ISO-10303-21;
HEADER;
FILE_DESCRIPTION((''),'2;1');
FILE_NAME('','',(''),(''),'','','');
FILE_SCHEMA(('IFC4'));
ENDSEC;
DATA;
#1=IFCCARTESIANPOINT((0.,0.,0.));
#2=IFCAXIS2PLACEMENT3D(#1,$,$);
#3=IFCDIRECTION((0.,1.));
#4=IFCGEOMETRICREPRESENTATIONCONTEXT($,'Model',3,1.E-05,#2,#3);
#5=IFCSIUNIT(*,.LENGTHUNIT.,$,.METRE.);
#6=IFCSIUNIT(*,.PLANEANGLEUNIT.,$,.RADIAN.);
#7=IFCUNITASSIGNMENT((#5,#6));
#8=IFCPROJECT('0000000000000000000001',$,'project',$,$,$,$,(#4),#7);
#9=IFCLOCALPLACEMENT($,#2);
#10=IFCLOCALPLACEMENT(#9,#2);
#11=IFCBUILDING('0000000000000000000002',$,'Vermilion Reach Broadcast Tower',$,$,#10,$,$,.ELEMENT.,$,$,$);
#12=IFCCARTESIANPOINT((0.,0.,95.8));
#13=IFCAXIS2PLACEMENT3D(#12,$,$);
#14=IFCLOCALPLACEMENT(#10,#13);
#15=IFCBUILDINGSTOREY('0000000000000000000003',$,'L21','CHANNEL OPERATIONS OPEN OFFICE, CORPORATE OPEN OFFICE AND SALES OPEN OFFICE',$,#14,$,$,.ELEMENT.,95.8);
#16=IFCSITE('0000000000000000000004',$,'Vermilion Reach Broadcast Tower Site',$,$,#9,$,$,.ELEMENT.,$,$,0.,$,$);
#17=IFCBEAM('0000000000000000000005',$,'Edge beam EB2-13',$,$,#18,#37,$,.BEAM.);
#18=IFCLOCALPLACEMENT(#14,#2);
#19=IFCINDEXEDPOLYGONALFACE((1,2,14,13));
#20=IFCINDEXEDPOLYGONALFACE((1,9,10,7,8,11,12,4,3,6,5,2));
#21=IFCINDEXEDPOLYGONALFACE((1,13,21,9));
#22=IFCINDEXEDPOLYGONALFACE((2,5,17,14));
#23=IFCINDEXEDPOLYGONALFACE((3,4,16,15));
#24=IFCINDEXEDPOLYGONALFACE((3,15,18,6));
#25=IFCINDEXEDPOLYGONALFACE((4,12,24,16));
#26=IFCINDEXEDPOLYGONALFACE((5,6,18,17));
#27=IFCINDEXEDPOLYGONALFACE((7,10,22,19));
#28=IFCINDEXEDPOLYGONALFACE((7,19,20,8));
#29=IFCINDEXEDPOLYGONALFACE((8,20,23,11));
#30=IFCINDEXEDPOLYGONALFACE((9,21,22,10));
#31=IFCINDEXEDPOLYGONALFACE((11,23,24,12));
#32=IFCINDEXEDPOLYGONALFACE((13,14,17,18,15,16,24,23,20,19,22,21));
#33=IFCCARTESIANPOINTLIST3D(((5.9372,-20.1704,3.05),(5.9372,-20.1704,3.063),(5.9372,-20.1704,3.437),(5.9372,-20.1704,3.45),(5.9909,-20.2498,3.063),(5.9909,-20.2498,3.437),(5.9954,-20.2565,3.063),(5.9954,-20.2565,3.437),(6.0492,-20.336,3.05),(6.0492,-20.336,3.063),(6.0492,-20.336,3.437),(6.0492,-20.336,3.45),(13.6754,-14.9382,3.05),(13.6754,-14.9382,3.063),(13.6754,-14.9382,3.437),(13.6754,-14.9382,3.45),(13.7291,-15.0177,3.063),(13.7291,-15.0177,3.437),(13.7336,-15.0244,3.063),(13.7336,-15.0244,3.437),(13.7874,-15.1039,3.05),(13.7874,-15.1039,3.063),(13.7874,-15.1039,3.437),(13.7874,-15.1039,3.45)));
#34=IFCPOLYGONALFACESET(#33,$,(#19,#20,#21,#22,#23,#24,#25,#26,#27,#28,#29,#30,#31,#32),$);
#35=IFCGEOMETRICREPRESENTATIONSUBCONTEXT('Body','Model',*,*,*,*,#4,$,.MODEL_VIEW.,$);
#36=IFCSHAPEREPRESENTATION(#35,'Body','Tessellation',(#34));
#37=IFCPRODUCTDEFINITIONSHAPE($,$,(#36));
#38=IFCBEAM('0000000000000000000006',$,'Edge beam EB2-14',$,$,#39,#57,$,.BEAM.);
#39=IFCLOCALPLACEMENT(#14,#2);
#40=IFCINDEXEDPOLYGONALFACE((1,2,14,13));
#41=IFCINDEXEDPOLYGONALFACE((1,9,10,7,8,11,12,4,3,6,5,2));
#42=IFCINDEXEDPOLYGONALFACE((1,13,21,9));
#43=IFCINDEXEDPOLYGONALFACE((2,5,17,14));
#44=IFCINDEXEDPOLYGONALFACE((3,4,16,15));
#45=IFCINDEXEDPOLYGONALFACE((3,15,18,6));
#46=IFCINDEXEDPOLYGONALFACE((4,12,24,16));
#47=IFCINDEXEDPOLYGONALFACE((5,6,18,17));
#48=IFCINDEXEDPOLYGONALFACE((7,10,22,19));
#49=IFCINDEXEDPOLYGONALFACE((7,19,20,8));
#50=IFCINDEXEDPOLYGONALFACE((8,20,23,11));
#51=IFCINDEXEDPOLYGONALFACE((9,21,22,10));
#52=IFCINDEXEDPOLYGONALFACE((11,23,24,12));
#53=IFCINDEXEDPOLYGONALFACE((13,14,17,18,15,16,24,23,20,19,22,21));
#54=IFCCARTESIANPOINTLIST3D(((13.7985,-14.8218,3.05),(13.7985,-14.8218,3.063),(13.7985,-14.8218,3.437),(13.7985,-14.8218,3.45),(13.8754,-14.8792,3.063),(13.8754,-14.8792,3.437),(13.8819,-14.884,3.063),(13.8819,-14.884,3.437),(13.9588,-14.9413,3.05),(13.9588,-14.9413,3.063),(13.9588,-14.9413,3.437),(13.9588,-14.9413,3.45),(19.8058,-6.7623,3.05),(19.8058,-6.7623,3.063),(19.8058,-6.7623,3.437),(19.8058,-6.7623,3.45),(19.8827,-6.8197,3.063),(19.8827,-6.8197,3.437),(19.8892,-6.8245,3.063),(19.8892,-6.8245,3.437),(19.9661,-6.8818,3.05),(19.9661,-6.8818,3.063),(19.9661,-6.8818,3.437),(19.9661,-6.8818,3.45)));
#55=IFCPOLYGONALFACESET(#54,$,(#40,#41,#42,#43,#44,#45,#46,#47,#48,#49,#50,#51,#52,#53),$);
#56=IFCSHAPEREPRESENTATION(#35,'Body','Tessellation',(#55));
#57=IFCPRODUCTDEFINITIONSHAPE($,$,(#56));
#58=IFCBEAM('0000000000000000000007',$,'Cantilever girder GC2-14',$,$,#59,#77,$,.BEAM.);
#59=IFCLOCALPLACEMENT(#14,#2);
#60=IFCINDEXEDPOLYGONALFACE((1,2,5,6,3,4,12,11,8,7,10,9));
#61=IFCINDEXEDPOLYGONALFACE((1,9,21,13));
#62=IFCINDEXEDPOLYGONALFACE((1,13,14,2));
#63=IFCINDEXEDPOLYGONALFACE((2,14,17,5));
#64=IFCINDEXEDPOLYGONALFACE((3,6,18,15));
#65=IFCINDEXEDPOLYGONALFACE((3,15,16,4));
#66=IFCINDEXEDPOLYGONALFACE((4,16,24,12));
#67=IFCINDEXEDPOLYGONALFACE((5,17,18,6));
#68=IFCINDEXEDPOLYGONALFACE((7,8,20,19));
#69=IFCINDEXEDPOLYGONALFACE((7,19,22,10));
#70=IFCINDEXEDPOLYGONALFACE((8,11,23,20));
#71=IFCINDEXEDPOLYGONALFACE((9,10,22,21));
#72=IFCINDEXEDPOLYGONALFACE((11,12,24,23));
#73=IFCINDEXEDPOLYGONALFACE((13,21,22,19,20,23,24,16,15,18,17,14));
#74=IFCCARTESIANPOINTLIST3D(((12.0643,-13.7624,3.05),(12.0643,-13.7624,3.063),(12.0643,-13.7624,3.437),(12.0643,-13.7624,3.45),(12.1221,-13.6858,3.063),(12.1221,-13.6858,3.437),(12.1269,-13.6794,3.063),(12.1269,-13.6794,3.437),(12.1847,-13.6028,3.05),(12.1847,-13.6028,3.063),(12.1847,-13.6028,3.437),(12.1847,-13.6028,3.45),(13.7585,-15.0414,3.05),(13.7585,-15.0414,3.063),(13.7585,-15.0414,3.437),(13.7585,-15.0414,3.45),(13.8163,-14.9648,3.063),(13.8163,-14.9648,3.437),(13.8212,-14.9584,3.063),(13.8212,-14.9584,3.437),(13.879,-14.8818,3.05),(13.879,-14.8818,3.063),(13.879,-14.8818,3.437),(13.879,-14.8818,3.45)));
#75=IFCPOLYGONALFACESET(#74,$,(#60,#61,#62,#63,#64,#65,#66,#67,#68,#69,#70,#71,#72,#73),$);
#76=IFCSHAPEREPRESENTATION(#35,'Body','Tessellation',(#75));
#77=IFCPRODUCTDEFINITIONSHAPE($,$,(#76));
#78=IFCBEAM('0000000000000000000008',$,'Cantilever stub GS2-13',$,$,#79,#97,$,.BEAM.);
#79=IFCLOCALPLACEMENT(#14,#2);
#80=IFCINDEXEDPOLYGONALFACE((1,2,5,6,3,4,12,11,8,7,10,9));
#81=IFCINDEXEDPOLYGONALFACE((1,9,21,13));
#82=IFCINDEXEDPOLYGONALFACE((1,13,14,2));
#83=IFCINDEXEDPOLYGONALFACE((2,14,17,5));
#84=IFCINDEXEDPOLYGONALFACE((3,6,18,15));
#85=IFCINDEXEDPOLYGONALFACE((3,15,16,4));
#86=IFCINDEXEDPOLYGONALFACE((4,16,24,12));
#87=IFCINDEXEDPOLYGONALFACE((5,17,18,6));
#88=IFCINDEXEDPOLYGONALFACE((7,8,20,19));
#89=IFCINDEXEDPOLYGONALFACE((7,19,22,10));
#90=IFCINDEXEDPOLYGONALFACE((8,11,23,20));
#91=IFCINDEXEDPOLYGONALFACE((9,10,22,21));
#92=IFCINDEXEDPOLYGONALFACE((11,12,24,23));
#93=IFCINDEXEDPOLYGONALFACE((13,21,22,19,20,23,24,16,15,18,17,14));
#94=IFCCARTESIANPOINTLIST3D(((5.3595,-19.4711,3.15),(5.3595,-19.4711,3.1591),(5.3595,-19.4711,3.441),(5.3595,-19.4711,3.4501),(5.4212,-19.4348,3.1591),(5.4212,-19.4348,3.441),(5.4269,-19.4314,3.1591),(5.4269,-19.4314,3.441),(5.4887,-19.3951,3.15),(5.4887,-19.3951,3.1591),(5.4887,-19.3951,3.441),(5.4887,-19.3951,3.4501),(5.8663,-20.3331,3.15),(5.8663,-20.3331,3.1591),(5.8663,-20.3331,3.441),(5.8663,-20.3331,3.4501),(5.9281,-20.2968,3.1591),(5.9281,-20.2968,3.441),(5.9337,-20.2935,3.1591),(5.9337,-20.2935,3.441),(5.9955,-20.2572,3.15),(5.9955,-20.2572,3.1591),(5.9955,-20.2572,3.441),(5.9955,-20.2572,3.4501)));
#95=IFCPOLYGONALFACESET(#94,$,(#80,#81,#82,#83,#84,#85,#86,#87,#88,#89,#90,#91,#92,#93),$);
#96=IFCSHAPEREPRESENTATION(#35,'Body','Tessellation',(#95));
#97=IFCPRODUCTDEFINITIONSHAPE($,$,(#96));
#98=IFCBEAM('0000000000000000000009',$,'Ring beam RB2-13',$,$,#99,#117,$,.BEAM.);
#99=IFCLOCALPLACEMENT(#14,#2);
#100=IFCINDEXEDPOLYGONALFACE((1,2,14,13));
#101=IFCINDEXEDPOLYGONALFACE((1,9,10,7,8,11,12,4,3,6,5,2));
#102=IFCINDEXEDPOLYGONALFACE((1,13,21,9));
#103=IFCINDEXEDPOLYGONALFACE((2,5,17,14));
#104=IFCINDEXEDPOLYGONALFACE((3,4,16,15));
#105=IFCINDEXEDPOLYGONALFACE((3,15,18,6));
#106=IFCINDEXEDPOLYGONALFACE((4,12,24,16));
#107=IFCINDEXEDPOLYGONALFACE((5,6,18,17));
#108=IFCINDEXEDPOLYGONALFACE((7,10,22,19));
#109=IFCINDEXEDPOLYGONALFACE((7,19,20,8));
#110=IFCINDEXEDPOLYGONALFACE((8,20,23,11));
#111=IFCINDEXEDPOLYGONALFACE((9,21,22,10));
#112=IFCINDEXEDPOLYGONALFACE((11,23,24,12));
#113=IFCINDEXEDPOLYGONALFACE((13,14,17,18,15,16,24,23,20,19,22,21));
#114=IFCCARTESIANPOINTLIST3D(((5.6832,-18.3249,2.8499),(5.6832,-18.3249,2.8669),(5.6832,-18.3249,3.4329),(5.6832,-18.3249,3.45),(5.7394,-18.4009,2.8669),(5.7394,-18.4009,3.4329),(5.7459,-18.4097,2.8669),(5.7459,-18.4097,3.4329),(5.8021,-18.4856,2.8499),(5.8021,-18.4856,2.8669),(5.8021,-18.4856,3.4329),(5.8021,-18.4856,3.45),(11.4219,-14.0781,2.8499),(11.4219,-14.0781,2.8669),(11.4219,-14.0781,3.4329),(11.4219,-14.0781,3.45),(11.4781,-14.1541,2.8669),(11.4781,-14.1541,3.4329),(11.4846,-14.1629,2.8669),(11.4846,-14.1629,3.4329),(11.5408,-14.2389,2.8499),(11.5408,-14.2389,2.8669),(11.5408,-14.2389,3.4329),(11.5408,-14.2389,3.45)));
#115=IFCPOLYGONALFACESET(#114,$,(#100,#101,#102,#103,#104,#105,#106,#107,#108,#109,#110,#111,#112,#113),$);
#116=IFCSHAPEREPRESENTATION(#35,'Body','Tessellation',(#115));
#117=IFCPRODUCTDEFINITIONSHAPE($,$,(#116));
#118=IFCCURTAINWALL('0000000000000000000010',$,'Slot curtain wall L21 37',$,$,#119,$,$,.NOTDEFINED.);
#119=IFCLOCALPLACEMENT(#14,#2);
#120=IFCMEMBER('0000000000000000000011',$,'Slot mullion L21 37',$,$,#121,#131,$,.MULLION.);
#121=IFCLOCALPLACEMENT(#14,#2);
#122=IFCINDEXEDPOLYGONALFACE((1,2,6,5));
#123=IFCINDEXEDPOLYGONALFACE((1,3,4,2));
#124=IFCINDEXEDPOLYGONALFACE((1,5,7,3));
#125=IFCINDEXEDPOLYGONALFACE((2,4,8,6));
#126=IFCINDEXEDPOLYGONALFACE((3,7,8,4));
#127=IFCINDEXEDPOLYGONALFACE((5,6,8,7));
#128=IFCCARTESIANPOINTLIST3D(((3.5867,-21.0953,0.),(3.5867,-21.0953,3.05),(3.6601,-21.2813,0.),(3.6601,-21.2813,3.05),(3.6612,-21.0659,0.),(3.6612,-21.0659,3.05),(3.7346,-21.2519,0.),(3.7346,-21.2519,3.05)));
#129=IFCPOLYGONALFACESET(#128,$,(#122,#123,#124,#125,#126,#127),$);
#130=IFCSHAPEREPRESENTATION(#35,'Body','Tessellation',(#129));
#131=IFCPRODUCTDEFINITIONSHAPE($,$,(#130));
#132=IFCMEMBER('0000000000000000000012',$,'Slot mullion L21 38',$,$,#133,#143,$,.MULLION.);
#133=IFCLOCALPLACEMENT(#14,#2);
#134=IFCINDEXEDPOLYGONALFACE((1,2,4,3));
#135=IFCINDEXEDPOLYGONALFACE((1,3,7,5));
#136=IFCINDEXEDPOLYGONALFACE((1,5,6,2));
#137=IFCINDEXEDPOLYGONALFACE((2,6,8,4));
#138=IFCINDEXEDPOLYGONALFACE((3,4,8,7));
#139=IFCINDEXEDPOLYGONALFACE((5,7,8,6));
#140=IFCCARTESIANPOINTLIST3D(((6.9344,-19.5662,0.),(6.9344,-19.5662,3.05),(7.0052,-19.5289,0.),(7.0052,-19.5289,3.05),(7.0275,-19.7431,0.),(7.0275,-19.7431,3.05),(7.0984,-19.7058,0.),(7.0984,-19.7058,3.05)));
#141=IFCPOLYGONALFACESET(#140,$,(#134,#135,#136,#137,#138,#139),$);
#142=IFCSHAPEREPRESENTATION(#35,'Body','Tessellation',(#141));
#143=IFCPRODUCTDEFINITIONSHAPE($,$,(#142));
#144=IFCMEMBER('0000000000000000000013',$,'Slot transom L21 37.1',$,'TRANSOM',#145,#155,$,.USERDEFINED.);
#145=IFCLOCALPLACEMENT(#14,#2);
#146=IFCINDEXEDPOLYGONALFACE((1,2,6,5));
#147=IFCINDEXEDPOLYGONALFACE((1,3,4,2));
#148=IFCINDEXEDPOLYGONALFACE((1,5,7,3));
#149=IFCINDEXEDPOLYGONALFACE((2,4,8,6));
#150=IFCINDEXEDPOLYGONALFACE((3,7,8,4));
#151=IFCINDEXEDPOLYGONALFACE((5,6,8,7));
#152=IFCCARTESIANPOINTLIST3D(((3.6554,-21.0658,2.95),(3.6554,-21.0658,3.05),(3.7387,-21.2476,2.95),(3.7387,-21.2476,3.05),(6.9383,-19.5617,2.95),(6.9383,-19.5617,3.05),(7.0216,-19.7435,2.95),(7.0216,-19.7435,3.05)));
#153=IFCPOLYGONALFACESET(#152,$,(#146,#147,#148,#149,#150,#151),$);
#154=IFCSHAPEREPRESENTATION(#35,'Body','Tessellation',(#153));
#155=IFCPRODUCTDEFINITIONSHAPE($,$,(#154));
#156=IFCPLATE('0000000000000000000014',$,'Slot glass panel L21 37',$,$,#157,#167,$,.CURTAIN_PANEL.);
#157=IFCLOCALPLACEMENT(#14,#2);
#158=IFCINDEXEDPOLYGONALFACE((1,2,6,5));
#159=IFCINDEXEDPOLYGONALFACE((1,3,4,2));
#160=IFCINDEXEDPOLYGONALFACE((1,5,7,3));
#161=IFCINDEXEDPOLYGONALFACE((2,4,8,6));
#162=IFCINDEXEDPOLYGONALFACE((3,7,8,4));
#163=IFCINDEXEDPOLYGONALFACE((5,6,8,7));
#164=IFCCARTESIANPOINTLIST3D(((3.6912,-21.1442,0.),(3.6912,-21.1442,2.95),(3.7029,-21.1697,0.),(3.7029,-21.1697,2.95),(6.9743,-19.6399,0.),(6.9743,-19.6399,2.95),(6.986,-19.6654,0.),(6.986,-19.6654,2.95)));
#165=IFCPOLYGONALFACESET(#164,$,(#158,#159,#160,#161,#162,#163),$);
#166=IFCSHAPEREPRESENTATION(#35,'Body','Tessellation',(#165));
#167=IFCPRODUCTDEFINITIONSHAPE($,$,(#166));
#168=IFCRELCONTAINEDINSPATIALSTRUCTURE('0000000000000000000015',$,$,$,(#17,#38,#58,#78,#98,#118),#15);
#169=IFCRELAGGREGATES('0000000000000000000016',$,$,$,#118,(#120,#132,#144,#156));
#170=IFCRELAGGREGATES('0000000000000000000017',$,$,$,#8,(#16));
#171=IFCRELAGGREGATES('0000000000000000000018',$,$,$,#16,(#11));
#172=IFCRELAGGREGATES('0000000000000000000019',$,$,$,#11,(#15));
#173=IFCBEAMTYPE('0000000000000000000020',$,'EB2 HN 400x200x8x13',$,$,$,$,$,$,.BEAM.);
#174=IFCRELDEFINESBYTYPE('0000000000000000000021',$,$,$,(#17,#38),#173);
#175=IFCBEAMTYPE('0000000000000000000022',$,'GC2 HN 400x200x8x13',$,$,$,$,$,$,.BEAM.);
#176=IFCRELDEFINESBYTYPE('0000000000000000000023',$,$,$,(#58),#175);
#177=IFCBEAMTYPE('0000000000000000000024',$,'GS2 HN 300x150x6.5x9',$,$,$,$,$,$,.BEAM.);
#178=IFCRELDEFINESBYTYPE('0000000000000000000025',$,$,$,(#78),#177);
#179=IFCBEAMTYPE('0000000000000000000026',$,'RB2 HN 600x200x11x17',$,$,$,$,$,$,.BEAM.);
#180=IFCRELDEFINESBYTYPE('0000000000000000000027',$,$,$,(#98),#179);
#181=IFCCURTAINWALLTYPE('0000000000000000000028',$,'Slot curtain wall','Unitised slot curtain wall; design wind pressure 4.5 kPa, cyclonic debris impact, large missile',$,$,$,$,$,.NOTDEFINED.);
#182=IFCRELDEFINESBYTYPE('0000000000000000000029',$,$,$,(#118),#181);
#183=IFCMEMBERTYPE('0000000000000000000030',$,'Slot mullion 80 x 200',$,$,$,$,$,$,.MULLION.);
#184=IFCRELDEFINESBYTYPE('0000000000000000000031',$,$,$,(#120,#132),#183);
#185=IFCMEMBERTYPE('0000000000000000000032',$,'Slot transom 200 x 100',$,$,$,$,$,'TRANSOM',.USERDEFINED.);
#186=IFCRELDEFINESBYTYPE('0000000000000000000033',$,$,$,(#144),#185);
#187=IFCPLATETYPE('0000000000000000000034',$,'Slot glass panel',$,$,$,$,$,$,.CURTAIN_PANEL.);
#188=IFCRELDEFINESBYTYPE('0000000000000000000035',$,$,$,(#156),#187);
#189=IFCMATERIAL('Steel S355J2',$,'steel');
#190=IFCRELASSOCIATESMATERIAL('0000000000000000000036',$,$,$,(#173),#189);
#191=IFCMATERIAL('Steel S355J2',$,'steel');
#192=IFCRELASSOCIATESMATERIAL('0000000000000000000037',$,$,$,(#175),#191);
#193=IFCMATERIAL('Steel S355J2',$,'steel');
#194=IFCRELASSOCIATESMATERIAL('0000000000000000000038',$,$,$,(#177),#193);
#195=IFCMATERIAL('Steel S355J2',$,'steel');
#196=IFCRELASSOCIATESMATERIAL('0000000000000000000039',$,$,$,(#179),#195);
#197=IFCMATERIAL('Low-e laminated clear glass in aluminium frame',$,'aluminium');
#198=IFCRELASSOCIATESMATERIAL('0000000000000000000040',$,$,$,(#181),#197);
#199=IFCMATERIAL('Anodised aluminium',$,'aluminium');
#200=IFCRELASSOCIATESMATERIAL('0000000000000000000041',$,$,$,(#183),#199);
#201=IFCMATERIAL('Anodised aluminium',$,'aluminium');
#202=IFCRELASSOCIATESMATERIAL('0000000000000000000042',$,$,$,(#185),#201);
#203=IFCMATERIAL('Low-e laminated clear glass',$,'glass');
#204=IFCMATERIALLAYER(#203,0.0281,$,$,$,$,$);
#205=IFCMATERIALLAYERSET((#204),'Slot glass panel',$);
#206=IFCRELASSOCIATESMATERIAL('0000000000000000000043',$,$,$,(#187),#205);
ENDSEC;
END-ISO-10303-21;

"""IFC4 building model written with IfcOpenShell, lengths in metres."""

from ifc_helpers import new_model, si_unit, direction, frame, origin, origin_2d, place, context, subcontext, project, spatial, rectangle, i_section, extrude, material, layer, layer_set, material_profile, profile_set, type_object, element, aggregate, save


model = new_model("IFC4")

# Units and contexts
model_context = context("Model", 3, precision=1e-05, world=origin(), true_north=direction((0.0, 1.0)))
body_context = subcontext(model_context, "Body", "Model", "MODEL_VIEW")
ifc_project = project(units=[si_unit("LENGTHUNIT", "METRE"), si_unit("PLANEANGLEUNIT", "RADIAN")], contexts=[model_context])

# Site, building, storey
site_placement = place(None, origin())
site = spatial("IfcSite", under=ifc_project, at=site_placement, Name="Vermilion Reach Broadcast Tower Site", CompositionType="ELEMENT", RefElevation=0.0)
building_placement = place(site_placement, origin())
building = spatial("IfcBuilding", under=site, at=building_placement, Name="Vermilion Reach Broadcast Tower", CompositionType="ELEMENT")
storey_placement = place(building_placement, frame((0.0, 0.0, 95.8)))
storey = spatial("IfcBuildingStorey", under=building, at=storey_placement, Name="L21", Description="CHANNEL OPERATIONS OPEN OFFICE, CORPORATE OPEN OFFICE AND SALES OPEN OFFICE", CompositionType="ELEMENT", Elevation=95.8)

# Beams
ifc_material_1 = material(Name="Steel S355J2", Category="steel")
ifc_material_profile_1 = material_profile(ifc_material_1, i_section(OverallWidth=0.2, OverallDepth=0.3999, WebThickness=0.0081, FlangeThickness=0.0129, at=origin_2d()), Name="S355J2 HN 400x200x8x13")
ifc_profile_set_1 = profile_set([ifc_material_profile_1], Name="Steel S355J2")
beam_type_1 = type_object("IfcBeamType", Name="EB2 HN 400x200x8x13", PredefinedType="BEAM", material=ifc_profile_set_1)
beam_1_placement = place(storey_placement, frame((5.9932, -20.2532, 3.25), z_axis=(0.82841, 0.560123, 0.0), x_axis=(-0.560123, 0.82841, 0.0)))
element("IfcBeam", 1, at=beam_1_placement, inside=storey, type_object=beam_type_1, Name="Edge beam EB2-13", PredefinedType="BEAM", context=body_context, shape_type="SweptSolid", body=[
    extrude(i_section(OverallWidth=0.2, OverallDepth=0.3999, WebThickness=0.0081, FlangeThickness=0.0129, at=origin_2d()), origin(), (0.0, 0.0, 1.0), 9.3411),
])
beam_2_placement = place(storey_placement, frame((13.8787, -14.8816, 3.25), z_axis=(0.597619, 0.80178, 0.0), x_axis=(-0.80178, 0.597619, 0.0)))
element("IfcBeam", 2, at=beam_2_placement, inside=storey, type_object=beam_type_1, Name="Edge beam EB2-14", PredefinedType="BEAM", context=body_context, shape_type="SweptSolid", body=[
    extrude(i_section(OverallWidth=0.2, OverallDepth=0.3999, WebThickness=0.0081, FlangeThickness=0.0129, at=origin_2d()), origin(), (0.0, 0.0, 1.0), 10.052),
])
ifc_material_2 = material(Name="Steel S355J2", Category="steel")
ifc_material_profile_2 = material_profile(ifc_material_2, i_section(OverallWidth=0.2, OverallDepth=0.3999, WebThickness=0.0081, FlangeThickness=0.0129, at=origin_2d()), Name="S355J2 HN 400x200x8x13")
ifc_profile_set_2 = profile_set([ifc_material_profile_2], Name="Steel S355J2")
beam_type_2 = type_object("IfcBeamType", Name="GC2 HN 400x200x8x13", PredefinedType="BEAM", material=ifc_profile_set_2)
beam_3_placement = place(storey_placement, frame((12.1245, -13.6826, 3.25), z_axis=(0.798119, -0.6025, 0.0), x_axis=(0.6025, 0.798119, 0.0)))
element("IfcBeam", 3, at=beam_3_placement, inside=storey, type_object=beam_type_2, Name="Cantilever girder GC2-14", PredefinedType="BEAM", context=body_context, shape_type="SweptSolid", body=[
    extrude(i_section(OverallWidth=0.2, OverallDepth=0.3999, WebThickness=0.0081, FlangeThickness=0.0129, at=origin_2d()), origin(), (0.0, 0.0, 1.0), 2.1228),
])
ifc_material_3 = material(Name="Steel S355J2", Category="steel")
ifc_material_profile_3 = material_profile(ifc_material_3, i_section(OverallWidth=0.1499, OverallDepth=0.3, WebThickness=0.0066, FlangeThickness=0.009, at=origin_2d()), Name="S355J2 HN 300x150x6.5x9")
ifc_profile_set_3 = profile_set([ifc_material_profile_3], Name="Steel S355J2")
beam_type_3 = type_object("IfcBeamType", Name="GS2 HN 300x150x6.5x9", PredefinedType="BEAM", material=ifc_profile_set_3)
beam_4_placement = place(storey_placement, frame((5.4241, -19.4331, 3.3), z_axis=(0.506828, -0.862047, 0.0), x_axis=(0.862047, 0.506828, 0.0)))
element("IfcBeam", 4, at=beam_4_placement, inside=storey, type_object=beam_type_3, Name="Cantilever stub GS2-13", PredefinedType="BEAM", context=body_context, shape_type="SweptSolid", body=[
    extrude(i_section(OverallWidth=0.1499, OverallDepth=0.3, WebThickness=0.0066, FlangeThickness=0.009, at=origin_2d()), origin(), (0.0, 0.0, 1.0), 1.0),
])
ifc_material_4 = material(Name="Steel S355J2", Category="steel")
ifc_material_profile_4 = material_profile(ifc_material_4, i_section(OverallWidth=0.2, OverallDepth=0.6001, WebThickness=0.011, FlangeThickness=0.0171, at=origin_2d()), Name="S355J2 HN 600x200x11x17")
ifc_profile_set_4 = profile_set([ifc_material_profile_4], Name="Steel S355J2")
beam_type_4 = type_object("IfcBeamType", Name="RB2 HN 600x200x11x17", PredefinedType="BEAM", material=ifc_profile_set_4)
beam_5_placement = place(storey_placement, frame((5.7427, -18.4053, 3.1499), z_axis=(0.803833, 0.594855, 0.0), x_axis=(-0.594855, 0.803833, 0.0)))
element("IfcBeam", 5, at=beam_5_placement, inside=storey, type_object=beam_type_4, Name="Ring beam RB2-13", PredefinedType="BEAM", context=body_context, shape_type="SweptSolid", body=[
    extrude(i_section(OverallWidth=0.2, OverallDepth=0.6001, WebThickness=0.011, FlangeThickness=0.0171, at=origin_2d()), origin(), (0.0, 0.0, 1.0), 7.1392),
])

# Curtain wall, members, plate
ifc_material_5 = material(Name="Low-e laminated clear glass in aluminium frame", Category="aluminium")
curtain_wall_type = type_object("IfcCurtainWallType", Name="Slot curtain wall", Description="Unitised slot curtain wall; design wind pressure 4.5 kPa, cyclonic debris impact, large missile", PredefinedType="NOTDEFINED", material=ifc_material_5)
curtain_wall_placement = place(storey_placement, origin())
curtain_wall = element("IfcCurtainWall", 6, at=curtain_wall_placement, inside=storey, type_object=curtain_wall_type, Name="Slot curtain wall L21 37", PredefinedType="NOTDEFINED")
ifc_material_6 = material(Name="Anodised aluminium", Category="aluminium")
ifc_material_profile_5 = material_profile(ifc_material_6, rectangle(XDim=0.2, YDim=0.0801, at=origin_2d()), Name="Slot mullion 80 x 200")
ifc_profile_set_5 = profile_set([ifc_material_profile_5], Name="Anodised aluminium")
member_type_1 = type_object("IfcMemberType", Name="Slot mullion 80 x 200", PredefinedType="MULLION", material=ifc_profile_set_5)
member_1_placement = place(storey_placement, frame((3.6606, -21.1736, 0.0), z_axis=(0.0, 0.0, 1.0), x_axis=(-0.366922, 0.930252, 0.0)))
member_1 = element("IfcMember", 7, at=member_1_placement, type_object=member_type_1, Name="Slot mullion L21 37", PredefinedType="MULLION", context=body_context, shape_type="SweptSolid", body=[
    extrude(rectangle(XDim=0.2, YDim=0.0801, at=origin_2d()), origin(), (0.0, 0.0, 1.0), 3.05),
])
member_2_placement = place(storey_placement, frame((7.0164, -19.636, 0.0), z_axis=(0.0, 0.0, 1.0), x_axis=(-0.465784, 0.884898, 0.0)))
member_2 = element("IfcMember", 8, at=member_2_placement, type_object=member_type_1, Name="Slot mullion L21 38", PredefinedType="MULLION", context=body_context, shape_type="SweptSolid", body=[
    extrude(rectangle(XDim=0.2, YDim=0.0801, at=origin_2d()), origin(), (0.0, 0.0, 1.0), 3.05),
])
ifc_material_7 = material(Name="Anodised aluminium", Category="aluminium")
ifc_material_profile_6 = material_profile(ifc_material_7, rectangle(XDim=0.2, YDim=0.1001, at=origin_2d()), Name="Slot transom 200 x 100")
ifc_profile_set_6 = profile_set([ifc_material_profile_6], Name="Anodised aluminium")
member_type_2 = type_object("IfcMemberType", Name="Slot transom 200 x 100", ElementType="TRANSOM", PredefinedType="USERDEFINED", material=ifc_profile_set_6)
member_3_placement = place(storey_placement, frame((3.697, -21.1567, 3.0), z_axis=(0.909121, 0.416531, 0.0), x_axis=(-0.416531, 0.909121, 0.0)))
member_3 = element("IfcMember", 9, at=member_3_placement, type_object=member_type_2, Name="Slot transom L21 37.1", ObjectType="TRANSOM", PredefinedType="USERDEFINED", context=body_context, shape_type="SweptSolid", body=[
    extrude(rectangle(XDim=0.2, YDim=0.1001, at=origin_2d()), origin(), (0.0, 0.0, 1.0), 3.6111),
])
ifc_material_8 = material(Name="Low-e laminated clear glass", Category="glass")
ifc_layer_1 = layer(ifc_material_8, 0.0281)
ifc_layer_set_1 = layer_set([ifc_layer_1], Name="Slot glass panel")
plate_type = type_object("IfcPlateType", Name="Slot glass panel", PredefinedType="CURTAIN_PANEL", material=ifc_layer_set_1)
plate_placement = place(storey_placement, frame((5.3386, -20.4048, 0.0), z_axis=(0.0, 0.0, 1.0), x_axis=(0.909109, 0.416559, 0.0)))
plate = element("IfcPlate", 10, at=plate_placement, type_object=plate_type, Name="Slot glass panel L21 37", PredefinedType="CURTAIN_PANEL", context=body_context, shape_type="SweptSolid", body=[
    extrude(rectangle(XDim=3.6113, YDim=0.0281, at=origin_2d()), origin(), (0.0, 0.0, 1.0), 2.95),
])
aggregate(curtain_wall, [member_1, member_2, member_3, plate])

save(model, "model.ifc")
